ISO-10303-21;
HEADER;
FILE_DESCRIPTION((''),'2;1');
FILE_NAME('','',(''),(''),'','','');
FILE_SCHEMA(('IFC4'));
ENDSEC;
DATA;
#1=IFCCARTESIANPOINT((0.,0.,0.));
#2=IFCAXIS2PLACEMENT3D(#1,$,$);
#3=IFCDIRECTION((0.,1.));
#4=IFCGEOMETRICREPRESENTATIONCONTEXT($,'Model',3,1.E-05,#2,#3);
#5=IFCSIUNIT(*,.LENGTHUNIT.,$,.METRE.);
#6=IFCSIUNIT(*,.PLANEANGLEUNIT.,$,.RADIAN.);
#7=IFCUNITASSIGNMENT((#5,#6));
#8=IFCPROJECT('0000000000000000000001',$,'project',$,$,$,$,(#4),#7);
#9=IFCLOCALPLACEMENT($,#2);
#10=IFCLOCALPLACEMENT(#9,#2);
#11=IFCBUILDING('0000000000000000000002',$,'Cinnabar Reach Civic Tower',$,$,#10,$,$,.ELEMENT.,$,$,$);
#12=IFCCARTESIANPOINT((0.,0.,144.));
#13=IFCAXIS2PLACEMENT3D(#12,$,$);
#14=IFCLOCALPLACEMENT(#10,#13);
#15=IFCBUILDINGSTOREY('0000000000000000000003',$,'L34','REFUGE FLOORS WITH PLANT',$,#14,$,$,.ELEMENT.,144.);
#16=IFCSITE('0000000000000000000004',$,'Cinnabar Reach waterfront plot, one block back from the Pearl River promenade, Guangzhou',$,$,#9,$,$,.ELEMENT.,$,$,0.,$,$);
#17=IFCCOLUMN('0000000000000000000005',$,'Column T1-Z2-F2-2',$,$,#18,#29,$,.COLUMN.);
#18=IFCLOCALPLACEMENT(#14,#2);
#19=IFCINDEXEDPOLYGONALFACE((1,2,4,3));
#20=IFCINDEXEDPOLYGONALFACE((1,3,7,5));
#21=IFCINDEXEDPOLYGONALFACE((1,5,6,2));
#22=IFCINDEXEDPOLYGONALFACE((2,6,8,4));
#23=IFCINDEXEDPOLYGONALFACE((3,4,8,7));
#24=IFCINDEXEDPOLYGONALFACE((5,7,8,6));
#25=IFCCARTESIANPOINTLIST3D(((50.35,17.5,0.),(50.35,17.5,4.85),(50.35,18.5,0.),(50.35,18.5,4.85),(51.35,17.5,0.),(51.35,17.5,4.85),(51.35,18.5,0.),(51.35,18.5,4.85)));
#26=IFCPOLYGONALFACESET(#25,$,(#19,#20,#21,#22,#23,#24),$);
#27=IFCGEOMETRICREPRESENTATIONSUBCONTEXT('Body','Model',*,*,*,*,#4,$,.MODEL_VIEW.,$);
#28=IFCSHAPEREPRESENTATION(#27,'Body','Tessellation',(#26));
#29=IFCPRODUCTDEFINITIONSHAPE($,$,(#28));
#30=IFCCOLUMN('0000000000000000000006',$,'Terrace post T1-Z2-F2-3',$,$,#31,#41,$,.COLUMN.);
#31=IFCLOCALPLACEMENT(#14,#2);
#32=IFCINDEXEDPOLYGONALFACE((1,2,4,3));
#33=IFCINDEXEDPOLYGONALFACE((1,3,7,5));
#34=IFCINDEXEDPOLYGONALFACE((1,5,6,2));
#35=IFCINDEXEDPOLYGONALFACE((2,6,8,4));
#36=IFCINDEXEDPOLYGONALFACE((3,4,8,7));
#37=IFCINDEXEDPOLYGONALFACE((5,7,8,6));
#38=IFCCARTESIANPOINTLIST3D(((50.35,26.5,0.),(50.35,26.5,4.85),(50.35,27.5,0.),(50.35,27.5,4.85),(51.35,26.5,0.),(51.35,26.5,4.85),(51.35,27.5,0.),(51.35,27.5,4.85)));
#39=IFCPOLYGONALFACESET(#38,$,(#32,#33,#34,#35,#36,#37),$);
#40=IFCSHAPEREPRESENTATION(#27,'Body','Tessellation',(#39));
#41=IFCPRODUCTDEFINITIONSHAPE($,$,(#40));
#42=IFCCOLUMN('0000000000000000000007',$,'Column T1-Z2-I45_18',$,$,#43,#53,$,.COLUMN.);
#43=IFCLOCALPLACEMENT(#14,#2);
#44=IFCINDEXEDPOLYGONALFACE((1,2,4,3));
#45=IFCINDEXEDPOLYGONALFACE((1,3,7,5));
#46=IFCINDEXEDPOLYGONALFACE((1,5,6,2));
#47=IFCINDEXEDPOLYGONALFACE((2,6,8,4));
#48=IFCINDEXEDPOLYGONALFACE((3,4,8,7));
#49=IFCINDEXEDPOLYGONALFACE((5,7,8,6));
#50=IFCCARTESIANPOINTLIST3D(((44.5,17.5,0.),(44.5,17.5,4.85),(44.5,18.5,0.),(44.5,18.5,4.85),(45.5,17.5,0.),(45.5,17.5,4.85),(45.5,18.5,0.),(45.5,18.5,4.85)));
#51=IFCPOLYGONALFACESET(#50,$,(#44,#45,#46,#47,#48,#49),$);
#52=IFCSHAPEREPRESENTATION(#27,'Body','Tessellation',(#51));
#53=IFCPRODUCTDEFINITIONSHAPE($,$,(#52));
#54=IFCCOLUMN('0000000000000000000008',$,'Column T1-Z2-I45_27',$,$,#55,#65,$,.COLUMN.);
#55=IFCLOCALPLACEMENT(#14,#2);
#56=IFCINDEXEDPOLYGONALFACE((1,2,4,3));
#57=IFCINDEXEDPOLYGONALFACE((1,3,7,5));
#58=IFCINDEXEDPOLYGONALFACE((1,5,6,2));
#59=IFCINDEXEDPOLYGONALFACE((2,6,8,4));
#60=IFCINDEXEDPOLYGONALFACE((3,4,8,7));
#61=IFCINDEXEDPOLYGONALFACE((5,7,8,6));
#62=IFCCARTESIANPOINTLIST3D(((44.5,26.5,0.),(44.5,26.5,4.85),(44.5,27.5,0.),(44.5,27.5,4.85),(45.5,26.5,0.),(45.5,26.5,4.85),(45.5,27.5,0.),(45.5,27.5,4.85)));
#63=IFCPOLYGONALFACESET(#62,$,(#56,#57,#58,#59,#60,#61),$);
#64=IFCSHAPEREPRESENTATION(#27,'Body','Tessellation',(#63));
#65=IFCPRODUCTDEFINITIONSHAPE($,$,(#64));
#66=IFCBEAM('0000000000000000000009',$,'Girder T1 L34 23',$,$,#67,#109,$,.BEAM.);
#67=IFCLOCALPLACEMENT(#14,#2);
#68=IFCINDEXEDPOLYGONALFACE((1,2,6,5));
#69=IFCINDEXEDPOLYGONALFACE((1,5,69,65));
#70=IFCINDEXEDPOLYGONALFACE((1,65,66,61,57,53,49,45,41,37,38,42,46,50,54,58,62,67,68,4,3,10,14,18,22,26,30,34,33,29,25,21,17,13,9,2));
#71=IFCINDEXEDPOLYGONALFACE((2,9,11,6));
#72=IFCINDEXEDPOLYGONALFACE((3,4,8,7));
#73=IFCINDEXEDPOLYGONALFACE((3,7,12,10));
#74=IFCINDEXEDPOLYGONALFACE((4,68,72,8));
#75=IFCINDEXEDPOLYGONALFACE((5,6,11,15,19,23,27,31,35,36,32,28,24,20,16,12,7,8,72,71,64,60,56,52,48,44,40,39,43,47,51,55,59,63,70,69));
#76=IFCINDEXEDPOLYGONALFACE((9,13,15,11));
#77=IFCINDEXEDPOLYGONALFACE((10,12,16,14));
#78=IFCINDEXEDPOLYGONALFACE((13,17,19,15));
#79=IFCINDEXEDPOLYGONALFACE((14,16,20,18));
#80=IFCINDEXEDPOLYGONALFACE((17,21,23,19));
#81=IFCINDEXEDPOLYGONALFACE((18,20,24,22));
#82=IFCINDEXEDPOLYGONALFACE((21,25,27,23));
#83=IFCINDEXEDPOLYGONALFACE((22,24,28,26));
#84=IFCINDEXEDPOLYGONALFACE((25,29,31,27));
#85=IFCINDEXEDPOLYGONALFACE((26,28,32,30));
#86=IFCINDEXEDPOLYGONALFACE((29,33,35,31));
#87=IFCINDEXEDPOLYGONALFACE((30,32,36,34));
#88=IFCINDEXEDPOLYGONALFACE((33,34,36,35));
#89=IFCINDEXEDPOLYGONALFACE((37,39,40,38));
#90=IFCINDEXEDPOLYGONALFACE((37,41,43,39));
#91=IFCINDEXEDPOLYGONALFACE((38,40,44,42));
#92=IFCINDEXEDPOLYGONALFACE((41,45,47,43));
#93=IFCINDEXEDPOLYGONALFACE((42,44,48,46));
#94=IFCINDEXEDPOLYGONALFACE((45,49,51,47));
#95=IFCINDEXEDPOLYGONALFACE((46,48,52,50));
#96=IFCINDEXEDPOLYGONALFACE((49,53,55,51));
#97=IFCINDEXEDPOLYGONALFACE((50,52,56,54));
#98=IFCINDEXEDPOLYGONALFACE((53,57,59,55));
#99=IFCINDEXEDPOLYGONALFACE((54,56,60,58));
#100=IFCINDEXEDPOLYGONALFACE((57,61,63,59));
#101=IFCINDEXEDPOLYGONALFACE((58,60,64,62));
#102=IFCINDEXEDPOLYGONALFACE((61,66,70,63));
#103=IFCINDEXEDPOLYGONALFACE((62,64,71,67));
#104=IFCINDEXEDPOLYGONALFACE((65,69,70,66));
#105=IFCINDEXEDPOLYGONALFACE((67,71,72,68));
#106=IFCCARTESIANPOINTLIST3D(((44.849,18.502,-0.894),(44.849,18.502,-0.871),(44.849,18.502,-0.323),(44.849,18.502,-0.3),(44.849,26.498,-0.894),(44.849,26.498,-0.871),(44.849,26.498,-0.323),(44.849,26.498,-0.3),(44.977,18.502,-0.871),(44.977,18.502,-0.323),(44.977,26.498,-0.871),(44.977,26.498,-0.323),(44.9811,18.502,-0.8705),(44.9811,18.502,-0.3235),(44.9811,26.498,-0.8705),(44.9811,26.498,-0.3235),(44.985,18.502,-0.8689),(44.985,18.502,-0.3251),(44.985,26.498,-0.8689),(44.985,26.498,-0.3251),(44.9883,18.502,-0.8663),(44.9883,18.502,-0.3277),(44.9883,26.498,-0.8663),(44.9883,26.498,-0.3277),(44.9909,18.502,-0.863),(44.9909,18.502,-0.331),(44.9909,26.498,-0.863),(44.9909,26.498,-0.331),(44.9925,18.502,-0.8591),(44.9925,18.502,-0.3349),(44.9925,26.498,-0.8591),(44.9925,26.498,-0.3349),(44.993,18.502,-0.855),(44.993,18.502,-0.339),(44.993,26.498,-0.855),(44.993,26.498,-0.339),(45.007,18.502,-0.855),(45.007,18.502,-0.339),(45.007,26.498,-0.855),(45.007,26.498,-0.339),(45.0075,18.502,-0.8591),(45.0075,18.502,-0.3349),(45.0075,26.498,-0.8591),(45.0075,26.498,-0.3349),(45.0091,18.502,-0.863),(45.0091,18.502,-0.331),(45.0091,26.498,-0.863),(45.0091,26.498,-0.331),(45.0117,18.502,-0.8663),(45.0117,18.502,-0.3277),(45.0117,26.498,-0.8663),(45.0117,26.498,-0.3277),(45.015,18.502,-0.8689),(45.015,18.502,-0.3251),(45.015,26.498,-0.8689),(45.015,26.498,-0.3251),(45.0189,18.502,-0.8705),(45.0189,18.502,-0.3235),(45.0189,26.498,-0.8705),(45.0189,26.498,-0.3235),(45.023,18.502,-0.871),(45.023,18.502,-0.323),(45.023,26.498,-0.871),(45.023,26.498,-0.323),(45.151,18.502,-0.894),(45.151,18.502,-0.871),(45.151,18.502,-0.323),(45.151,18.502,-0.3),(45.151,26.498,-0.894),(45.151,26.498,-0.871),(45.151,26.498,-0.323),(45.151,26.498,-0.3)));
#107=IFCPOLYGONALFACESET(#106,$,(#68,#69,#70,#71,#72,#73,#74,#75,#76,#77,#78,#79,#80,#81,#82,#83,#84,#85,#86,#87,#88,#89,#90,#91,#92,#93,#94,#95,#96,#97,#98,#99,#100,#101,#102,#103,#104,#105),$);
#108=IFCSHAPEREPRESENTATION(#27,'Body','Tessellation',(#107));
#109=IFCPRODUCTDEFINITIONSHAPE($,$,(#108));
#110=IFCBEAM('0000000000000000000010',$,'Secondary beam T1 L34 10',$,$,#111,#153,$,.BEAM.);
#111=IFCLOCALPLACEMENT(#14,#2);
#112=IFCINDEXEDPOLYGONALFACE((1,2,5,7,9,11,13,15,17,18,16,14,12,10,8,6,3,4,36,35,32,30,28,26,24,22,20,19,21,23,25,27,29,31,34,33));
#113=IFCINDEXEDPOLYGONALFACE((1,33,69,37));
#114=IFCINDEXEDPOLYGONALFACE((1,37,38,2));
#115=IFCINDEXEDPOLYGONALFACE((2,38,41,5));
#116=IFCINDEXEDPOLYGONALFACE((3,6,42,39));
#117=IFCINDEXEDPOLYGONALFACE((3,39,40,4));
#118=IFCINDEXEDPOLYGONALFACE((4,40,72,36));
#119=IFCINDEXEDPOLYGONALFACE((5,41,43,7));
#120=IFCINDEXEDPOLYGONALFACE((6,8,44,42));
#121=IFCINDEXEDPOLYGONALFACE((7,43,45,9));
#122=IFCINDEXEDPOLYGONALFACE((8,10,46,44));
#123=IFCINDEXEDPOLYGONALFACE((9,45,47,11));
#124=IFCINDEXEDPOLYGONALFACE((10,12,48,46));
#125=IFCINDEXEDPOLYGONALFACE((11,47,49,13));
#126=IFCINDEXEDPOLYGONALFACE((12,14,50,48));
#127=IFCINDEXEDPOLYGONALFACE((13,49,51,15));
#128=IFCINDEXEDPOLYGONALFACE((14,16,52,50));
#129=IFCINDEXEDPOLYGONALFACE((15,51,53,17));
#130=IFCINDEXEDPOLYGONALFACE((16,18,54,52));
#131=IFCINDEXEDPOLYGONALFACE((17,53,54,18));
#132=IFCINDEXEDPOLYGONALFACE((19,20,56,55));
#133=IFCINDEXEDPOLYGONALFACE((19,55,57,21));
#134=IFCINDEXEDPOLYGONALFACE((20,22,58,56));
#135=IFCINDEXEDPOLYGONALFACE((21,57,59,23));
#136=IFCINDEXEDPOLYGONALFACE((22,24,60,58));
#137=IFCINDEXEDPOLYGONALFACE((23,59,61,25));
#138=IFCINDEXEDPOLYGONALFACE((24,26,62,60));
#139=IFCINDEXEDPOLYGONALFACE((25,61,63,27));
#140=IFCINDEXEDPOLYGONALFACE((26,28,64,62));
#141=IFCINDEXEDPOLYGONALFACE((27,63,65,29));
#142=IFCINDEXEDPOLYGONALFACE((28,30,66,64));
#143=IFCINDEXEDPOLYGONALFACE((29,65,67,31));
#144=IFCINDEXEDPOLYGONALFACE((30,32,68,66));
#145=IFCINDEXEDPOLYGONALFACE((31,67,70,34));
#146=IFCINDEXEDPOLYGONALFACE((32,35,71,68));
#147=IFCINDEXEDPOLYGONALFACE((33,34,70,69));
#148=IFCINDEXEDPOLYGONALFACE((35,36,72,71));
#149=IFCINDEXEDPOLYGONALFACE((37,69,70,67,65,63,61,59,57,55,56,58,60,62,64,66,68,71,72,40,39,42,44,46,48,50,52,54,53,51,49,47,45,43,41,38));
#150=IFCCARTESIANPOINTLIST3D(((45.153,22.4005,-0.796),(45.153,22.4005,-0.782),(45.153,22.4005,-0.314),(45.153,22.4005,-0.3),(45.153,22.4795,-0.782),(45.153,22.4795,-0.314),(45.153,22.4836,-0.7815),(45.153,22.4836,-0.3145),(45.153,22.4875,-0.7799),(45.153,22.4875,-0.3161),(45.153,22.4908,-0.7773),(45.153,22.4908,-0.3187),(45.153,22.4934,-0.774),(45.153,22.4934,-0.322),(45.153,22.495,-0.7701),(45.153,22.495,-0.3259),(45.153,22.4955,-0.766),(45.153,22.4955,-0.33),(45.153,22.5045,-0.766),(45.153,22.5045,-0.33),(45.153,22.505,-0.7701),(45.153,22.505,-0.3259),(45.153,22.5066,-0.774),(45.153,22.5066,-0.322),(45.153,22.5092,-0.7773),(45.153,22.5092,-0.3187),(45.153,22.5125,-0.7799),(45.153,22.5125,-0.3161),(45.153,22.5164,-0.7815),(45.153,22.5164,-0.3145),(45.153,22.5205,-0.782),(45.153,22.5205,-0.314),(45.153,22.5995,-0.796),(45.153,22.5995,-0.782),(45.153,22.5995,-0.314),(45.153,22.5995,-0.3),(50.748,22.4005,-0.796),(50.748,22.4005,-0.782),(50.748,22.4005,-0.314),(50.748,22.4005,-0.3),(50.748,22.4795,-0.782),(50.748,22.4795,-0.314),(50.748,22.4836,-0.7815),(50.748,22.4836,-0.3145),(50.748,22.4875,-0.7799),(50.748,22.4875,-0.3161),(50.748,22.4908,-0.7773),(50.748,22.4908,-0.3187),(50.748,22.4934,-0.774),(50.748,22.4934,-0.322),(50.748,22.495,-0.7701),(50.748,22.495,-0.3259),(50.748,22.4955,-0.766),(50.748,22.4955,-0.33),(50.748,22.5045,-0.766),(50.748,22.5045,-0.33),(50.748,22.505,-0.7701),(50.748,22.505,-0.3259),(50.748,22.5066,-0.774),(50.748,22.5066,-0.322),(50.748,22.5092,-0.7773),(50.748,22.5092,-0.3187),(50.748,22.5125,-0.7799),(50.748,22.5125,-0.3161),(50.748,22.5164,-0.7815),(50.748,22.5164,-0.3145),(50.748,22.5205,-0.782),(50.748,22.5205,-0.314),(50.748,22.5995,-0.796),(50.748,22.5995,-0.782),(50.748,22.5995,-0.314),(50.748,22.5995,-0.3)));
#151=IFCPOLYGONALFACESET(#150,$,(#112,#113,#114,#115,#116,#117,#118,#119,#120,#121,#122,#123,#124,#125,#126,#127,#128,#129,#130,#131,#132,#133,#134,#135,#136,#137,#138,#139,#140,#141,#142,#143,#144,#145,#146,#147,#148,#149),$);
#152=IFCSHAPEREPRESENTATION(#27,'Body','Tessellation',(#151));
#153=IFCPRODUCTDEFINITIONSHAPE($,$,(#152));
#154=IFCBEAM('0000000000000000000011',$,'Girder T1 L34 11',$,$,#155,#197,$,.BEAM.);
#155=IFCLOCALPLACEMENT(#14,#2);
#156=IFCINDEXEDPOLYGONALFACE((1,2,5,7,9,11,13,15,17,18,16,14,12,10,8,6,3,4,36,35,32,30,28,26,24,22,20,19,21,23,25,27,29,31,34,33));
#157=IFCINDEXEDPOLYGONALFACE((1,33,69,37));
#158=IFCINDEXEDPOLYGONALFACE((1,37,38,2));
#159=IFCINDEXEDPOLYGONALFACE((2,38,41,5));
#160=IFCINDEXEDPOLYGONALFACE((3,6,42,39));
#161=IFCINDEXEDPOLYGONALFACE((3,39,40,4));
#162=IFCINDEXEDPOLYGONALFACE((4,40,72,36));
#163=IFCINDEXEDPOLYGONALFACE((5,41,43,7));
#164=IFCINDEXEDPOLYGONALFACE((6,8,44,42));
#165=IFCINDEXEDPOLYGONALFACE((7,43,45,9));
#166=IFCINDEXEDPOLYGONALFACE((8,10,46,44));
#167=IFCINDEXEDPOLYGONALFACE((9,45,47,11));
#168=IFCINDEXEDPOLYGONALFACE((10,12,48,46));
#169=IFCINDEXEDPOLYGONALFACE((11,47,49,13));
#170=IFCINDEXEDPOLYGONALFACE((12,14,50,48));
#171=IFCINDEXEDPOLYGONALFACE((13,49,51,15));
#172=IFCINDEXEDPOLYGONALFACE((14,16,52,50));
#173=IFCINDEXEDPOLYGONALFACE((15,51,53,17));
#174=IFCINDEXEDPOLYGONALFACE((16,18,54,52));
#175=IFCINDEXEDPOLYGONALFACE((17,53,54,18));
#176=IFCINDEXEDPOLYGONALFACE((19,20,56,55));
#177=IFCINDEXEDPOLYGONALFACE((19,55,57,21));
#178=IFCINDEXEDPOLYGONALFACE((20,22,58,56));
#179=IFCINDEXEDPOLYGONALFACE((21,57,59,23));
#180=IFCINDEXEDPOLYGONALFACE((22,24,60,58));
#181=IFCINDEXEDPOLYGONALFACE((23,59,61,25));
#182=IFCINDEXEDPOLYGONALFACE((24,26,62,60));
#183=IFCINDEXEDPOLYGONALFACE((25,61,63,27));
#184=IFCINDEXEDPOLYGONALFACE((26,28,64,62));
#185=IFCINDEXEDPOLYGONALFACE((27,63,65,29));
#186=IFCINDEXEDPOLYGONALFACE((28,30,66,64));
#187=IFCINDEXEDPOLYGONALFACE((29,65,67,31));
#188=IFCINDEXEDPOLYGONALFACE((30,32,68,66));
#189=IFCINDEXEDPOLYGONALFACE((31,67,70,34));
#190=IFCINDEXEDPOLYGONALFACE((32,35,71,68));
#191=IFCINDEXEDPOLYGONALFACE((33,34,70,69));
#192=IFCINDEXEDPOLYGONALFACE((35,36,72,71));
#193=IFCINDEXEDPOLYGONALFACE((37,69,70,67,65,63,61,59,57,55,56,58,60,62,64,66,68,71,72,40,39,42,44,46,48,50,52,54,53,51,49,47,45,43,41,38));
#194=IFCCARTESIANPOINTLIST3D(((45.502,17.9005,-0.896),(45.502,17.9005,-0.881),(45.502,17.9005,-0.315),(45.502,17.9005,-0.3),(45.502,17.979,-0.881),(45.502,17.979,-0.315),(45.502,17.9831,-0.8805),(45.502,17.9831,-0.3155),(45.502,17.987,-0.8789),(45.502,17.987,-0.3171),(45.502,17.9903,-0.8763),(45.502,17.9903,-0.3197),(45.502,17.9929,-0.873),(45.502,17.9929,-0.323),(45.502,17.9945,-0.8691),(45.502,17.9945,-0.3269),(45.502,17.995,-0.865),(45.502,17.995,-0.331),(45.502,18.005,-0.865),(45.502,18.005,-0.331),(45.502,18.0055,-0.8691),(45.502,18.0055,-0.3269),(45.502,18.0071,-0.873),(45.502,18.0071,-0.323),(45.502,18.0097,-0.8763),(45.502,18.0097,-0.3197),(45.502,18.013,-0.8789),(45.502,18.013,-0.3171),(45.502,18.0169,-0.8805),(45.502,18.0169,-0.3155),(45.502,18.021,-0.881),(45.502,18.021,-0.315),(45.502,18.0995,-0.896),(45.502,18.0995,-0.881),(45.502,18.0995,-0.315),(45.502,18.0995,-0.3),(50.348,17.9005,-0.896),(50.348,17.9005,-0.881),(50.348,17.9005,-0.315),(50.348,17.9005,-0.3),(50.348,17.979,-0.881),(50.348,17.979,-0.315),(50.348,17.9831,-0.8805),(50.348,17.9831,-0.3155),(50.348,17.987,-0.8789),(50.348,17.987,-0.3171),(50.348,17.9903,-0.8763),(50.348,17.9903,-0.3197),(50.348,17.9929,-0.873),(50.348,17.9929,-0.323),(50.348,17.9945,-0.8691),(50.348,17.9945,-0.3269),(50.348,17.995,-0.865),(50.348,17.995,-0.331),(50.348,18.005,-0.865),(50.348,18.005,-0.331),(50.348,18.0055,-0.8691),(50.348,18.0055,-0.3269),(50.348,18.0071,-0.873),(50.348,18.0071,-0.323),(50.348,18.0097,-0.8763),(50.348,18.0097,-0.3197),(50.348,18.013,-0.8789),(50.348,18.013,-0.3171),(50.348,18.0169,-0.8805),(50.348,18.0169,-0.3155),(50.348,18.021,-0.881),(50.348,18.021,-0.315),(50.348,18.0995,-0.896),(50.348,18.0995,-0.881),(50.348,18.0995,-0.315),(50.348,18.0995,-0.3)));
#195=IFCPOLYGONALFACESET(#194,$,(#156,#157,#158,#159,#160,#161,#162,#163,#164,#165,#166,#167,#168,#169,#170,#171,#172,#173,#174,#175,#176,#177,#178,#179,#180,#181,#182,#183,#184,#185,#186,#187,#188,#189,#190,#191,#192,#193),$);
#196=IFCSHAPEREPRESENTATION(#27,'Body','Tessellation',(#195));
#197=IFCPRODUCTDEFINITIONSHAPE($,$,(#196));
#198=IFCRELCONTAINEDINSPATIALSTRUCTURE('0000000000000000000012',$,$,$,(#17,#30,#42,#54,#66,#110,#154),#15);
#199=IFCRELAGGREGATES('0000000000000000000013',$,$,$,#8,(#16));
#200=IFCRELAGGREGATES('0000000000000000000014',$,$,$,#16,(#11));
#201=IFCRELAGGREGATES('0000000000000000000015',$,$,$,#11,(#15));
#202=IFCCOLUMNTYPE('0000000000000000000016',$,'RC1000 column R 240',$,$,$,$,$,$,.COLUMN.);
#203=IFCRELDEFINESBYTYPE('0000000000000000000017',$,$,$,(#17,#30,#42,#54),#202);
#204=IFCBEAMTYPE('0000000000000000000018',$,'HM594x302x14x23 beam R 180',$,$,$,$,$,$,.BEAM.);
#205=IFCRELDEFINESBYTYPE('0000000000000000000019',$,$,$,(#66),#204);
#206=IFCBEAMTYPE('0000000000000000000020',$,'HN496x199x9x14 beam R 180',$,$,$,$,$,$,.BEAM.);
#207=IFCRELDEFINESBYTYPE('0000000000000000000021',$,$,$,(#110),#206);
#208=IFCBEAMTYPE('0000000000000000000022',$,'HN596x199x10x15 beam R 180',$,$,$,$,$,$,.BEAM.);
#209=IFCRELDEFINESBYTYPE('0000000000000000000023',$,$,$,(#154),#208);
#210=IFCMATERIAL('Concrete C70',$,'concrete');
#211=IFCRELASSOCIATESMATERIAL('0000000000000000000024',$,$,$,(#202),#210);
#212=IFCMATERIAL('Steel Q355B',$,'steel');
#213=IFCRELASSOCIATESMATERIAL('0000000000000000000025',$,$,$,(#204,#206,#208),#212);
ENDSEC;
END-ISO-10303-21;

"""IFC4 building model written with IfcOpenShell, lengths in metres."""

from ifc_helpers import new_model, si_unit, direction, frame, origin, origin_2d, place, context, subcontext, project, spatial, rectangle, i_section, extrude, material, material_profile, profile_set, type_object, element, save


model = new_model("IFC4")

# Units and contexts
model_context = context("Model", 3, precision=1e-05, world=origin(), true_north=direction((0.0, 1.0)))
body_context = subcontext(model_context, "Body", "Model", "MODEL_VIEW")
ifc_project = project(units=[si_unit("LENGTHUNIT", "METRE"), si_unit("PLANEANGLEUNIT", "RADIAN")], contexts=[model_context])

# Site, building, storey
site_placement = place(None, origin())
site = spatial("IfcSite", under=ifc_project, at=site_placement, Name="Cinnabar Reach waterfront plot, one block back from the Pearl River promenade, Guangzhou", CompositionType="ELEMENT", RefElevation=0.0)
building_placement = place(site_placement, origin())
building = spatial("IfcBuilding", under=site, at=building_placement, Name="Cinnabar Reach Civic Tower", CompositionType="ELEMENT")
storey_placement = place(building_placement, frame((0.0, 0.0, 144.0)))
storey = spatial("IfcBuildingStorey", under=building, at=storey_placement, Name="L34", Description="REFUGE FLOORS WITH PLANT", CompositionType="ELEMENT", Elevation=144.0)

# Columns
ifc_material_1 = material(Name="Concrete C70", Category="concrete")
ifc_material_profile_1 = material_profile(ifc_material_1, rectangle(XDim=1.0, YDim=1.0, at=origin_2d()), Name="RC1000")
ifc_profile_set_1 = profile_set([ifc_material_profile_1], Name="Concrete C70")
column_type = type_object("IfcColumnType", Name="RC1000 column R 240", PredefinedType="COLUMN", material=ifc_profile_set_1)
for number, where, z_axis, x_axis, name in (
    (1, (50.85, 18.0, 0.0), (0.0, 0.0, 1.0), (1.0, 0.0, 0.0), "Column T1-Z2-F2-2"),
    (2, (50.85, 27.0, 0.0), (0.0, 0.0, 1.0), (1.0, 0.0, 0.0), "Terrace post T1-Z2-F2-3"),
    (3, (45.0, 18.0, 0.0), (0.0, 0.0, 1.0), (1.0, 0.0, 0.0), "Column T1-Z2-I45_18"),
    (4, (45.0, 27.0, 0.0), (0.0, 0.0, 1.0), (1.0, 0.0, 0.0), "Column T1-Z2-I45_27"),
):
    element("IfcColumn", number, at=place(storey_placement, frame(where, z_axis=z_axis, x_axis=x_axis)), inside=storey, type_object=column_type, Name=name, PredefinedType="COLUMN", context=body_context, shape_type="SweptSolid", body=[
        extrude(rectangle(XDim=1.0, YDim=1.0, at=origin_2d()), origin(), (0.0, 0.0, 1.0), 4.85),
    ])

# Beams
ifc_material_2 = material(Name="Steel Q355B", Category="steel")
ifc_material_profile_2 = material_profile(ifc_material_2, i_section(OverallWidth=0.302, OverallDepth=0.594, WebThickness=0.014, FlangeThickness=0.023, FilletRadius=0.016, at=origin_2d()), Name="HM594x302x14x23")
ifc_profile_set_2 = profile_set([ifc_material_profile_2], Name="Steel Q355B")
beam_type_1 = type_object("IfcBeamType", Name="HM594x302x14x23 beam R 180", PredefinedType="BEAM", material=ifc_profile_set_2)
beam_1_placement = place(storey_placement, frame((45.0, 18.502, -0.597), z_axis=(0.0, 1.0, 0.0), x_axis=(-1.0, 0.0, 0.0)))
element("IfcBeam", 5, at=beam_1_placement, inside=storey, type_object=beam_type_1, Name="Girder T1 L34 23", PredefinedType="BEAM", context=body_context, shape_type="SweptSolid", body=[
    extrude(i_section(OverallWidth=0.302, OverallDepth=0.594, WebThickness=0.014, FlangeThickness=0.023, FilletRadius=0.016, at=origin_2d()), origin(), (0.0, 0.0, 1.0), 7.996),
])
ifc_material_profile_3 = material_profile(ifc_material_2, i_section(OverallWidth=0.199, OverallDepth=0.496, WebThickness=0.009, FlangeThickness=0.014, FilletRadius=0.016, at=origin_2d()), Name="HN496x199x9x14")
ifc_profile_set_3 = profile_set([ifc_material_profile_3], Name="Steel Q355B")
beam_type_2 = type_object("IfcBeamType", Name="HN496x199x9x14 beam R 180", PredefinedType="BEAM", material=ifc_profile_set_3)
beam_2_placement = place(storey_placement, frame((45.153, 22.5, -0.548), z_axis=(1.0, 0.0, 0.0), x_axis=(0.0, 1.0, 0.0)))
element("IfcBeam", 6, at=beam_2_placement, inside=storey, type_object=beam_type_2, Name="Secondary beam T1 L34 10", PredefinedType="BEAM", context=body_context, shape_type="SweptSolid", body=[
    extrude(i_section(OverallWidth=0.199, OverallDepth=0.496, WebThickness=0.009, FlangeThickness=0.014, FilletRadius=0.016, at=origin_2d()), origin(), (0.0, 0.0, 1.0), 5.595),
])
ifc_material_profile_4 = material_profile(ifc_material_2, i_section(OverallWidth=0.199, OverallDepth=0.596, WebThickness=0.01, FlangeThickness=0.015, FilletRadius=0.016, at=origin_2d()), Name="HN596x199x10x15")
ifc_profile_set_4 = profile_set([ifc_material_profile_4], Name="Steel Q355B")
beam_type_3 = type_object("IfcBeamType", Name="HN596x199x10x15 beam R 180", PredefinedType="BEAM", material=ifc_profile_set_4)
for number, where, z_axis, x_axis, name in (
    (7, (45.502, 18.0, -0.598), (1.0, 0.0, 0.0), (0.0, 1.0, 0.0), "Girder T1 L34 11"),
):
    element("IfcBeam", number, at=place(storey_placement, frame(where, z_axis=z_axis, x_axis=x_axis)), inside=storey, type_object=beam_type_3, Name=name, PredefinedType="BEAM", context=body_context, shape_type="SweptSolid", body=[
        extrude(i_section(OverallWidth=0.199, OverallDepth=0.596, WebThickness=0.01, FlangeThickness=0.015, FilletRadius=0.016, at=origin_2d()), origin(), (0.0, 0.0, 1.0), 4.846),
    ])

save(model, "model.ifc")
